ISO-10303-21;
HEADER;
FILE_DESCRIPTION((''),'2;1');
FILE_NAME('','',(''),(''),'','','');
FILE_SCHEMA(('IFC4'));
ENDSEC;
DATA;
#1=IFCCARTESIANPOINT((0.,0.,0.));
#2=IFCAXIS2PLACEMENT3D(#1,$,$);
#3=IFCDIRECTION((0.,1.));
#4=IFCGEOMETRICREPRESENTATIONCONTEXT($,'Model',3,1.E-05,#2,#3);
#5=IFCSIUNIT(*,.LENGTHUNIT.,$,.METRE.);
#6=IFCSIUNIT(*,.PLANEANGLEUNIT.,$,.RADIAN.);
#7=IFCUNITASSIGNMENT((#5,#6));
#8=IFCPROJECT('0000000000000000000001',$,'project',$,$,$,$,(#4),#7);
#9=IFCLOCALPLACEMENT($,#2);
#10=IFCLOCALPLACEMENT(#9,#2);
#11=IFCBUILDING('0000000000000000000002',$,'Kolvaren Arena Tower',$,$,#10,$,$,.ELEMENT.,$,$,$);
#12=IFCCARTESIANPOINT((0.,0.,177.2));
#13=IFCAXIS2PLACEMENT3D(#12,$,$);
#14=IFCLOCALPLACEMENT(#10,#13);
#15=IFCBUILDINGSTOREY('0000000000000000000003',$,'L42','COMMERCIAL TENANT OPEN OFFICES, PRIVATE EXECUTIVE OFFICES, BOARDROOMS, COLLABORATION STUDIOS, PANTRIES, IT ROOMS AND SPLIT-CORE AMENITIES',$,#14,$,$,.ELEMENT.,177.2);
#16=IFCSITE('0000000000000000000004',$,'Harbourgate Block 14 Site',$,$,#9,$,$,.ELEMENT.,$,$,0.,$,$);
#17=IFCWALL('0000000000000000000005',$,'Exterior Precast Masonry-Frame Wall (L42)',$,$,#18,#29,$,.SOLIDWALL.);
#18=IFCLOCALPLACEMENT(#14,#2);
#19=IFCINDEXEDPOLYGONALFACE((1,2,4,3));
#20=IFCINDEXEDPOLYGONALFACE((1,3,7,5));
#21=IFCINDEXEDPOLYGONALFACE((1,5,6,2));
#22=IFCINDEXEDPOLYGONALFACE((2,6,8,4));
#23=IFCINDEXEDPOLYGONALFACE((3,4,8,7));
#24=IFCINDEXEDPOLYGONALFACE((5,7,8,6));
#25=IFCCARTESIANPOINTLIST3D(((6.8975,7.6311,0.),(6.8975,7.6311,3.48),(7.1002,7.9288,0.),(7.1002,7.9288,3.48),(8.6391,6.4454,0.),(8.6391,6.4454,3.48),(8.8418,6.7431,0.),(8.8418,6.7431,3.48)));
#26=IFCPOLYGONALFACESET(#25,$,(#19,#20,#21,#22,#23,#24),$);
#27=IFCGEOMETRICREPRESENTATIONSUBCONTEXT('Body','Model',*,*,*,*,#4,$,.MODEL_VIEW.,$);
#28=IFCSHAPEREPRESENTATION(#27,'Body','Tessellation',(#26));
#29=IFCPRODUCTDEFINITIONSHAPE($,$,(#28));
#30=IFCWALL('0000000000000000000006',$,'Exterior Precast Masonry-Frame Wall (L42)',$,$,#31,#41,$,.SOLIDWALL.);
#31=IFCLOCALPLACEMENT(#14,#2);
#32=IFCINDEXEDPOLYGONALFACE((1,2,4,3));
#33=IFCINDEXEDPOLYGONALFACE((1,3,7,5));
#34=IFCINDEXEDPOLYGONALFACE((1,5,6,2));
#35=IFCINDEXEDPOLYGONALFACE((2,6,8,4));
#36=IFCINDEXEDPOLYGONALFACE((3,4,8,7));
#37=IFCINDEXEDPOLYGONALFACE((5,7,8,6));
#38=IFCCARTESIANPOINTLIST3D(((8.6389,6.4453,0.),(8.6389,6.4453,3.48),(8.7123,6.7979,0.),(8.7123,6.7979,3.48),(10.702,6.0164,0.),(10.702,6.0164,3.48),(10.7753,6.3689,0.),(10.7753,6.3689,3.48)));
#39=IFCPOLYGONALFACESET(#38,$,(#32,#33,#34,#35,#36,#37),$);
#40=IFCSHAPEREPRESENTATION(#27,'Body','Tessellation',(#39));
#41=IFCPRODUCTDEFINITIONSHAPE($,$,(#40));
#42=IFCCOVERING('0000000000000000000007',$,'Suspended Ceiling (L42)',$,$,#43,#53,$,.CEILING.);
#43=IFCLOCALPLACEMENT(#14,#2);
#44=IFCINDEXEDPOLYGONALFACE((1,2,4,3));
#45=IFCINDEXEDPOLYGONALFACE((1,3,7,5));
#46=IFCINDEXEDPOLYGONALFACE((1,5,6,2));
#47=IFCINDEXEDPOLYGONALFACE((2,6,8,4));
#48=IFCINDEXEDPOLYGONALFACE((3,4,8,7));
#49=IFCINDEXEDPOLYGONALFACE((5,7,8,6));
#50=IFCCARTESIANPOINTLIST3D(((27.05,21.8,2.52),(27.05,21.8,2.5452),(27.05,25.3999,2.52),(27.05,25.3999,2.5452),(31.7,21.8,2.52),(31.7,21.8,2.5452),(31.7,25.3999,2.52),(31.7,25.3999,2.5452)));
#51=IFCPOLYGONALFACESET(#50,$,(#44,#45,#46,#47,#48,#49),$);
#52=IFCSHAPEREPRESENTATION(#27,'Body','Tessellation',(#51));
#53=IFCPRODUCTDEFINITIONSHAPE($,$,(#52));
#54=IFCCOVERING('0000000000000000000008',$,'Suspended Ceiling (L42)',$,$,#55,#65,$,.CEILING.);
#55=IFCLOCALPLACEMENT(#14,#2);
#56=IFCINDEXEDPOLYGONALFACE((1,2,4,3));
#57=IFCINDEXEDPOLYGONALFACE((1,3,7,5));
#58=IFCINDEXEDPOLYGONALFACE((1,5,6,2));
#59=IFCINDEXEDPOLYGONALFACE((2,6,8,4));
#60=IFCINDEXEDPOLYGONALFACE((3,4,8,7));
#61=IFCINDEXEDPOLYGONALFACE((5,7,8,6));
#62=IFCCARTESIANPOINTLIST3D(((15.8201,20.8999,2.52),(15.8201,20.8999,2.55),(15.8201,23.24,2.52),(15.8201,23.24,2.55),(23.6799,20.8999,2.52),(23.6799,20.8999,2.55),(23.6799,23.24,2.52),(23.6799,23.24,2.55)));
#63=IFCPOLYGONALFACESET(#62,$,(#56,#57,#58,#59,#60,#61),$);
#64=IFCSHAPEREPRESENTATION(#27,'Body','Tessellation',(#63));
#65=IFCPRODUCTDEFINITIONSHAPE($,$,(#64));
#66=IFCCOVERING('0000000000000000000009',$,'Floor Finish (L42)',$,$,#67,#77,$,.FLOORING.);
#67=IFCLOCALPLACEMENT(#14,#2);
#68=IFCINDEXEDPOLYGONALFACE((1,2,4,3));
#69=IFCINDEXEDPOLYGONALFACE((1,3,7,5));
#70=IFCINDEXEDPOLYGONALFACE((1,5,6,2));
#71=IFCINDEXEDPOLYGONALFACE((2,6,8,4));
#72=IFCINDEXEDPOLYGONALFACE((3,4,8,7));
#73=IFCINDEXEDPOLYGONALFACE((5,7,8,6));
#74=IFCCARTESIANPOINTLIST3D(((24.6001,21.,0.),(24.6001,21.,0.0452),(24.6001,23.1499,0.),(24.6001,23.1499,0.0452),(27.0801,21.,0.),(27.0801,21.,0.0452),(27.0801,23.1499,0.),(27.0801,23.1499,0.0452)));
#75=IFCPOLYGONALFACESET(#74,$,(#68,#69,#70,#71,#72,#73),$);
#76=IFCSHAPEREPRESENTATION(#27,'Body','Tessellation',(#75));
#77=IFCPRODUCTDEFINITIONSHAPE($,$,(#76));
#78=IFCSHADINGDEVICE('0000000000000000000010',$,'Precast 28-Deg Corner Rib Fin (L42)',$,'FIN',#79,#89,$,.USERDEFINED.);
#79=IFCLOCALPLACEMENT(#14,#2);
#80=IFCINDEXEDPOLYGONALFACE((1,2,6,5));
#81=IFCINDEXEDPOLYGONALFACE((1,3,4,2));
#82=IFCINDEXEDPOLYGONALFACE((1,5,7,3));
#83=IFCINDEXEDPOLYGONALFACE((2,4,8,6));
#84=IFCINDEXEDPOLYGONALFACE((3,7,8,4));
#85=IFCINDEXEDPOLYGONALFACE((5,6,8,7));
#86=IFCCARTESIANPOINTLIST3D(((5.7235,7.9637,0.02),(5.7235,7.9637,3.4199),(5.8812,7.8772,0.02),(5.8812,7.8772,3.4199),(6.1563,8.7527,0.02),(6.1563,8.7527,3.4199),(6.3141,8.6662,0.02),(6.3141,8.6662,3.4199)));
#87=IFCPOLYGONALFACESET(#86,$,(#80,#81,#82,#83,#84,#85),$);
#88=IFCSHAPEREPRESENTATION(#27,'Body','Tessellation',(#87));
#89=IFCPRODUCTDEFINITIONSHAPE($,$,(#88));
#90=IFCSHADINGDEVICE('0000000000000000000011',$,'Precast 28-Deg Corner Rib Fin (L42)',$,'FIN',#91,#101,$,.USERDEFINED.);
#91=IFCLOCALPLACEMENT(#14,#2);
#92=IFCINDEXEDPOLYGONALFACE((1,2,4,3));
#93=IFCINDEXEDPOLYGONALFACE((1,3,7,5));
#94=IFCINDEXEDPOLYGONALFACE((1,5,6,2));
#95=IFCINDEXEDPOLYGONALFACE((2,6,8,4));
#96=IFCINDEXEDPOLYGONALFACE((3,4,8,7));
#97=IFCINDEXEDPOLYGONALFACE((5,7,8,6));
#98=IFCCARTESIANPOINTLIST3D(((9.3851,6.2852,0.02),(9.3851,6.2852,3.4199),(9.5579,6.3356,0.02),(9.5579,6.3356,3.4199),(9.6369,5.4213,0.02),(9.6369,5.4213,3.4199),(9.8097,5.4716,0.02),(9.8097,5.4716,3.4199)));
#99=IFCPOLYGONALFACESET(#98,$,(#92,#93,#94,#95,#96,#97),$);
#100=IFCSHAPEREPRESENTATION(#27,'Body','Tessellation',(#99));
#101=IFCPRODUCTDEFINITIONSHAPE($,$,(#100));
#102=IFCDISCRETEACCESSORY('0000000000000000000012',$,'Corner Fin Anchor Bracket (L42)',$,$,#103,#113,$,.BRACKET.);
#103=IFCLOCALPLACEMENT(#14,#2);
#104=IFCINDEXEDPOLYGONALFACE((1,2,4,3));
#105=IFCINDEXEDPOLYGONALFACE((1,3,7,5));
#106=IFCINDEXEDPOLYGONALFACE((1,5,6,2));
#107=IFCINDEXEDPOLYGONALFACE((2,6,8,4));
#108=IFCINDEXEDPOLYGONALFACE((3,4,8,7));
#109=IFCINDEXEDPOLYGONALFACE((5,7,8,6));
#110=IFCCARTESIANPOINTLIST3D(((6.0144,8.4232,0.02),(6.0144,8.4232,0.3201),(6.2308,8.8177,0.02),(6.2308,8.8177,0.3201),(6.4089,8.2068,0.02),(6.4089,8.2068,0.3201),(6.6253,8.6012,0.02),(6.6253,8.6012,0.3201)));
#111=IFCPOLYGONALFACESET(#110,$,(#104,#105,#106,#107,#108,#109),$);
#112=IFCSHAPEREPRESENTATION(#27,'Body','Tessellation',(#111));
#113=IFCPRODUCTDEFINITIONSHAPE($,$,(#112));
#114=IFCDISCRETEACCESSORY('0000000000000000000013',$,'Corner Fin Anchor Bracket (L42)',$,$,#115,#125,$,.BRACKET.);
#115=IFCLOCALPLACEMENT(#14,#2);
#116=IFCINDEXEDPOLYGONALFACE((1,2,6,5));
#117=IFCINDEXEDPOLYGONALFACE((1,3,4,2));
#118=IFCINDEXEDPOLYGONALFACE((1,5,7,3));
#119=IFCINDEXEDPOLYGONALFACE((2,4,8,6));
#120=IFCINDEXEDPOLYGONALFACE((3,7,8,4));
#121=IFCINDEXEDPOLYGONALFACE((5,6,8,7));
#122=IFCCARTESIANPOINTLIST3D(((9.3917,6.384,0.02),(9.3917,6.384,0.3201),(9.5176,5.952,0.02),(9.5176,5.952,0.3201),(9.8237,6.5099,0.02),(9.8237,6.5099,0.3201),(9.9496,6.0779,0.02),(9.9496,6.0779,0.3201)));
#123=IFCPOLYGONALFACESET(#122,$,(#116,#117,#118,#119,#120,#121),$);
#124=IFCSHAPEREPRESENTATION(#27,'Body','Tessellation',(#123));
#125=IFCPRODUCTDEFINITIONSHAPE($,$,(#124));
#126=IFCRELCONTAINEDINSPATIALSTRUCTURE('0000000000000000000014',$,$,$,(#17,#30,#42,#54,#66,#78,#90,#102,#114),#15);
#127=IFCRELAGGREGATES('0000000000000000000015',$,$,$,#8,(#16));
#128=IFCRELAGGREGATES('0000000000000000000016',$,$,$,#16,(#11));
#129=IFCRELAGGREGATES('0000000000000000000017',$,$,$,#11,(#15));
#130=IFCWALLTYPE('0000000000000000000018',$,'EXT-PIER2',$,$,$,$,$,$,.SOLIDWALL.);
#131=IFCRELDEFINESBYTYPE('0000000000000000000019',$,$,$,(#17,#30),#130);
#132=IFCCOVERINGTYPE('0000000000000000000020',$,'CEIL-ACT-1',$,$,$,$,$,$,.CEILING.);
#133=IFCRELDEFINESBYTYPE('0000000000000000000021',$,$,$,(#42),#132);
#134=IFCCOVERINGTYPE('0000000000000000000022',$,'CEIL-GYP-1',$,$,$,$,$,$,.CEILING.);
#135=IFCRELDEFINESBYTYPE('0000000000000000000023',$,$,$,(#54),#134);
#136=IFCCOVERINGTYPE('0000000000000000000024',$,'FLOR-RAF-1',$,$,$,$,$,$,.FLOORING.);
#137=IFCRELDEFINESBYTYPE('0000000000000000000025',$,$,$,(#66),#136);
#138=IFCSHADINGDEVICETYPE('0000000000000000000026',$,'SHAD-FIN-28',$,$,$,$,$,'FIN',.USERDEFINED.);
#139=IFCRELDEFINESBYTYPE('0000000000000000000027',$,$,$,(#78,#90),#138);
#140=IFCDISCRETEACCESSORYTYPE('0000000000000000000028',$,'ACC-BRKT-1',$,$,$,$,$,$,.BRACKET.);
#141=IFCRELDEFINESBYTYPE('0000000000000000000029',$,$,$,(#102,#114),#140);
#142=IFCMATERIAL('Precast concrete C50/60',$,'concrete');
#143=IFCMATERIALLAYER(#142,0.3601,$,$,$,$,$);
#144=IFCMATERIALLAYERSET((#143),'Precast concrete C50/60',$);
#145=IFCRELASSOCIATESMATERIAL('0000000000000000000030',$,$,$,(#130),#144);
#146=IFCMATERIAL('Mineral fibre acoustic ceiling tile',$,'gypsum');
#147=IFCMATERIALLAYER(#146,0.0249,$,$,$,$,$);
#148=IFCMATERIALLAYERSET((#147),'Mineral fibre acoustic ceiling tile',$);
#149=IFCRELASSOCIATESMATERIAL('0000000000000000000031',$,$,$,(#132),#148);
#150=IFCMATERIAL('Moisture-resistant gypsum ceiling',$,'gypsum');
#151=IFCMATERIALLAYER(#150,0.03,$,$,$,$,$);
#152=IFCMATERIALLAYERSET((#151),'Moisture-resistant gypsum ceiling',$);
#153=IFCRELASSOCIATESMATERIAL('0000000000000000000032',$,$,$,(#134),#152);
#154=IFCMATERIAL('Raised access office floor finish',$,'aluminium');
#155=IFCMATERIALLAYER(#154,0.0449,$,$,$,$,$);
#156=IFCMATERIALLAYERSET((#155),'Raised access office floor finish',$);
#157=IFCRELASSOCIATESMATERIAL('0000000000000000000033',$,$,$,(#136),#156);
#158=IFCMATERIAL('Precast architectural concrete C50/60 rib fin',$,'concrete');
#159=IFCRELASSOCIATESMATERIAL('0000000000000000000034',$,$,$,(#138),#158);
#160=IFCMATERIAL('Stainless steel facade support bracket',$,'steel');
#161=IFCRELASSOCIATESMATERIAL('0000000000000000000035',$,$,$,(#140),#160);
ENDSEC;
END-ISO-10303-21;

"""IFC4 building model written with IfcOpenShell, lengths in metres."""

from ifc_helpers import new_model, si_unit, direction, frame, frame_2d, origin, origin_2d, place, context, subcontext, project, spatial, polyline, rectangle, outline, extrude, material, layer, layer_set, type_object, element, save


model = new_model("IFC4")

# Units and contexts
model_context = context("Model", 3, precision=1e-05, world=origin(), true_north=direction((0.0, 1.0)))
body_context = subcontext(model_context, "Body", "Model", "MODEL_VIEW")
ifc_project = project(units=[si_unit("LENGTHUNIT", "METRE"), si_unit("PLANEANGLEUNIT", "RADIAN")], contexts=[model_context])

# Site, building, storey
site_placement = place(None, origin())
site = spatial("IfcSite", under=ifc_project, at=site_placement, Name="Harbourgate Block 14 Site", CompositionType="ELEMENT", RefElevation=0.0)
building_placement = place(site_placement, origin())
building = spatial("IfcBuilding", under=site, at=building_placement, Name="Kolvaren Arena Tower", CompositionType="ELEMENT")
storey_placement = place(building_placement, frame((0.0, 0.0, 177.2)))
storey = spatial("IfcBuildingStorey", under=building, at=storey_placement, Name="L42", Description="COMMERCIAL TENANT OPEN OFFICES, PRIVATE EXECUTIVE OFFICES, BOARDROOMS, COLLABORATION STUDIOS, PANTRIES, IT ROOMS AND SPLIT-CORE AMENITIES", CompositionType="ELEMENT", Elevation=177.2)

# Walls
ifc_material_1 = material(Name="Precast concrete C50/60", Category="concrete")
ifc_layer_1 = layer(ifc_material_1, 0.3601)
ifc_layer_set_1 = layer_set([ifc_layer_1], Name="Precast concrete C50/60")
wall_type = type_object("IfcWallType", Name="EXT-PIER2", PredefinedType="SOLIDWALL", material=ifc_layer_set_1)
for number, where, z_axis, x_axis, name in (
    (1, (8.7405, 6.5942, 0.0), (0.0, 0.0, 1.0), (-0.82661, 0.562776, 0.0), "Exterior Precast Masonry-Frame Wall (L42)"),
):
    element("IfcWall", number, at=place(storey_placement, frame(where, z_axis=z_axis, x_axis=x_axis)), inside=storey, type_object=wall_type, Name=name, PredefinedType="SOLIDWALL", context=body_context, shape_type="SweptSolid", body=[
        extrude(rectangle(XDim=2.1069, YDim=0.3601, at=frame_2d((1.0535, 0.0))), origin(), (0.0, 0.0, 1.0), 3.48),
    ])
wall_placement = place(storey_placement, frame((10.7388, 6.1926, 0.0), z_axis=(0.0, 0.0, 1.0), x_axis=(-0.979059, 0.203575, 0.0)))
element("IfcWall", 2, at=wall_placement, inside=storey, type_object=wall_type, Name="Exterior Precast Masonry-Frame Wall (L42)", PredefinedType="SOLIDWALL", context=body_context, shape_type="SweptSolid", body=[
    extrude(rectangle(XDim=2.1072, YDim=0.3601, at=frame_2d((1.0537, 0.0))), origin(), (0.0, 0.0, 1.0), 3.48),
])

# Coverings
ifc_material_2 = material(Name="Mineral fibre acoustic ceiling tile", Category="gypsum")
ifc_layer_2 = layer(ifc_material_2, 0.0249)
ifc_layer_set_2 = layer_set([ifc_layer_2], Name="Mineral fibre acoustic ceiling tile")
covering_type_1 = type_object("IfcCoveringType", Name="CEIL-ACT-1", PredefinedType="CEILING", material=ifc_layer_set_2)
covering_1_placement = place(storey_placement, frame((0.0, 0.0, 2.52)))
element("IfcCovering", 3, at=covering_1_placement, inside=storey, type_object=covering_type_1, Name="Suspended Ceiling (L42)", PredefinedType="CEILING", context=body_context, shape_type="SweptSolid", body=[
    extrude(outline(polyline([(27.05, 21.8), (27.05, 25.3999), (31.7, 25.3999), (31.7, 21.8), (27.05, 21.8)])), origin(), (0.0, 0.0, 1.0), 0.0251),
])
ifc_material_3 = material(Name="Moisture-resistant gypsum ceiling", Category="gypsum")
ifc_layer_3 = layer(ifc_material_3, 0.03)
ifc_layer_set_3 = layer_set([ifc_layer_3], Name="Moisture-resistant gypsum ceiling")
covering_type_2 = type_object("IfcCoveringType", Name="CEIL-GYP-1", PredefinedType="CEILING", material=ifc_layer_set_3)
covering_2_placement = place(storey_placement, frame((0.0, 0.0, 2.52)))
element("IfcCovering", 4, at=covering_2_placement, inside=storey, type_object=covering_type_2, Name="Suspended Ceiling (L42)", PredefinedType="CEILING", context=body_context, shape_type="SweptSolid", body=[
    extrude(outline(polyline([(15.8201, 20.8999), (15.8201, 23.24), (23.6799, 23.24), (23.6799, 20.8999), (15.8201, 20.8999)])), origin(), (0.0, 0.0, 1.0), 0.03),
])
ifc_material_4 = material(Name="Raised access office floor finish", Category="aluminium")
ifc_layer_4 = layer(ifc_material_4, 0.0449)
ifc_layer_set_4 = layer_set([ifc_layer_4], Name="Raised access office floor finish")
covering_type_3 = type_object("IfcCoveringType", Name="FLOR-RAF-1", PredefinedType="FLOORING", material=ifc_layer_set_4)
covering_3_placement = place(storey_placement, origin())
element("IfcCovering", 5, at=covering_3_placement, inside=storey, type_object=covering_type_3, Name="Floor Finish (L42)", PredefinedType="FLOORING", context=body_context, shape_type="SweptSolid", body=[
    extrude(outline(polyline([(24.6001, 21.0), (24.6001, 23.1499), (27.0801, 23.1499), (27.0801, 21.0), (24.6001, 21.0)])), origin(), (0.0, 0.0, 1.0), 0.0452),
])

# Shading devices
ifc_material_5 = material(Name="Precast architectural concrete C50/60 rib fin", Category="concrete")
shading_device_type = type_object("IfcShadingDeviceType", Name="SHAD-FIN-28", ElementType="FIN", PredefinedType="USERDEFINED", material=ifc_material_5)
for number, where, z_axis, x_axis, name in (
    (6, (6.0188, 8.3149, 0.02), (0.0, 0.0, 1.0), (-0.480995, -0.876723, 0.0), "Precast 28-Deg Corner Rib Fin (L42)"),
    (7, (9.5974, 5.8784, 0.02), (0.0, 0.0, 1.0), (0.279812, -0.960055, 0.0), "Precast 28-Deg Corner Rib Fin (L42)"),
):
    element("IfcShadingDevice", number, at=place(storey_placement, frame(where, z_axis=z_axis, x_axis=x_axis)), inside=storey, type_object=shading_device_type, Name=name, ObjectType="FIN", PredefinedType="USERDEFINED", context=body_context, shape_type="SweptSolid", body=[
        extrude(rectangle(XDim=0.8999, YDim=0.1799, at=origin_2d()), origin(), (0.0, 0.0, 1.0), 3.3999),
    ])

# Discrete accessories
ifc_material_6 = material(Name="Stainless steel facade support bracket", Category="steel")
discrete_accessory_type = type_object("IfcDiscreteAccessoryType", Name="ACC-BRKT-1", PredefinedType="BRACKET", material=ifc_material_6)
for number, where, z_axis, x_axis, name in (
    (8, (6.3198, 8.5122, 0.02), (0.0, 0.0, 1.0), (-0.480995, -0.876723, 0.0), "Corner Fin Anchor Bracket (L42)"),
    (9, (9.6707, 6.231, 0.02), (0.0, 0.0, 1.0), (0.279812, -0.960055, 0.0), "Corner Fin Anchor Bracket (L42)"),
):
    element("IfcDiscreteAccessory", number, at=place(storey_placement, frame(where, z_axis=z_axis, x_axis=x_axis)), inside=storey, type_object=discrete_accessory_type, Name=name, PredefinedType="BRACKET", context=body_context, shape_type="SweptSolid", body=[
        extrude(rectangle(XDim=0.45, YDim=0.45, at=origin_2d()), origin(), (0.0, 0.0, 1.0), 0.3),
    ])

save(model, "model.ifc")
